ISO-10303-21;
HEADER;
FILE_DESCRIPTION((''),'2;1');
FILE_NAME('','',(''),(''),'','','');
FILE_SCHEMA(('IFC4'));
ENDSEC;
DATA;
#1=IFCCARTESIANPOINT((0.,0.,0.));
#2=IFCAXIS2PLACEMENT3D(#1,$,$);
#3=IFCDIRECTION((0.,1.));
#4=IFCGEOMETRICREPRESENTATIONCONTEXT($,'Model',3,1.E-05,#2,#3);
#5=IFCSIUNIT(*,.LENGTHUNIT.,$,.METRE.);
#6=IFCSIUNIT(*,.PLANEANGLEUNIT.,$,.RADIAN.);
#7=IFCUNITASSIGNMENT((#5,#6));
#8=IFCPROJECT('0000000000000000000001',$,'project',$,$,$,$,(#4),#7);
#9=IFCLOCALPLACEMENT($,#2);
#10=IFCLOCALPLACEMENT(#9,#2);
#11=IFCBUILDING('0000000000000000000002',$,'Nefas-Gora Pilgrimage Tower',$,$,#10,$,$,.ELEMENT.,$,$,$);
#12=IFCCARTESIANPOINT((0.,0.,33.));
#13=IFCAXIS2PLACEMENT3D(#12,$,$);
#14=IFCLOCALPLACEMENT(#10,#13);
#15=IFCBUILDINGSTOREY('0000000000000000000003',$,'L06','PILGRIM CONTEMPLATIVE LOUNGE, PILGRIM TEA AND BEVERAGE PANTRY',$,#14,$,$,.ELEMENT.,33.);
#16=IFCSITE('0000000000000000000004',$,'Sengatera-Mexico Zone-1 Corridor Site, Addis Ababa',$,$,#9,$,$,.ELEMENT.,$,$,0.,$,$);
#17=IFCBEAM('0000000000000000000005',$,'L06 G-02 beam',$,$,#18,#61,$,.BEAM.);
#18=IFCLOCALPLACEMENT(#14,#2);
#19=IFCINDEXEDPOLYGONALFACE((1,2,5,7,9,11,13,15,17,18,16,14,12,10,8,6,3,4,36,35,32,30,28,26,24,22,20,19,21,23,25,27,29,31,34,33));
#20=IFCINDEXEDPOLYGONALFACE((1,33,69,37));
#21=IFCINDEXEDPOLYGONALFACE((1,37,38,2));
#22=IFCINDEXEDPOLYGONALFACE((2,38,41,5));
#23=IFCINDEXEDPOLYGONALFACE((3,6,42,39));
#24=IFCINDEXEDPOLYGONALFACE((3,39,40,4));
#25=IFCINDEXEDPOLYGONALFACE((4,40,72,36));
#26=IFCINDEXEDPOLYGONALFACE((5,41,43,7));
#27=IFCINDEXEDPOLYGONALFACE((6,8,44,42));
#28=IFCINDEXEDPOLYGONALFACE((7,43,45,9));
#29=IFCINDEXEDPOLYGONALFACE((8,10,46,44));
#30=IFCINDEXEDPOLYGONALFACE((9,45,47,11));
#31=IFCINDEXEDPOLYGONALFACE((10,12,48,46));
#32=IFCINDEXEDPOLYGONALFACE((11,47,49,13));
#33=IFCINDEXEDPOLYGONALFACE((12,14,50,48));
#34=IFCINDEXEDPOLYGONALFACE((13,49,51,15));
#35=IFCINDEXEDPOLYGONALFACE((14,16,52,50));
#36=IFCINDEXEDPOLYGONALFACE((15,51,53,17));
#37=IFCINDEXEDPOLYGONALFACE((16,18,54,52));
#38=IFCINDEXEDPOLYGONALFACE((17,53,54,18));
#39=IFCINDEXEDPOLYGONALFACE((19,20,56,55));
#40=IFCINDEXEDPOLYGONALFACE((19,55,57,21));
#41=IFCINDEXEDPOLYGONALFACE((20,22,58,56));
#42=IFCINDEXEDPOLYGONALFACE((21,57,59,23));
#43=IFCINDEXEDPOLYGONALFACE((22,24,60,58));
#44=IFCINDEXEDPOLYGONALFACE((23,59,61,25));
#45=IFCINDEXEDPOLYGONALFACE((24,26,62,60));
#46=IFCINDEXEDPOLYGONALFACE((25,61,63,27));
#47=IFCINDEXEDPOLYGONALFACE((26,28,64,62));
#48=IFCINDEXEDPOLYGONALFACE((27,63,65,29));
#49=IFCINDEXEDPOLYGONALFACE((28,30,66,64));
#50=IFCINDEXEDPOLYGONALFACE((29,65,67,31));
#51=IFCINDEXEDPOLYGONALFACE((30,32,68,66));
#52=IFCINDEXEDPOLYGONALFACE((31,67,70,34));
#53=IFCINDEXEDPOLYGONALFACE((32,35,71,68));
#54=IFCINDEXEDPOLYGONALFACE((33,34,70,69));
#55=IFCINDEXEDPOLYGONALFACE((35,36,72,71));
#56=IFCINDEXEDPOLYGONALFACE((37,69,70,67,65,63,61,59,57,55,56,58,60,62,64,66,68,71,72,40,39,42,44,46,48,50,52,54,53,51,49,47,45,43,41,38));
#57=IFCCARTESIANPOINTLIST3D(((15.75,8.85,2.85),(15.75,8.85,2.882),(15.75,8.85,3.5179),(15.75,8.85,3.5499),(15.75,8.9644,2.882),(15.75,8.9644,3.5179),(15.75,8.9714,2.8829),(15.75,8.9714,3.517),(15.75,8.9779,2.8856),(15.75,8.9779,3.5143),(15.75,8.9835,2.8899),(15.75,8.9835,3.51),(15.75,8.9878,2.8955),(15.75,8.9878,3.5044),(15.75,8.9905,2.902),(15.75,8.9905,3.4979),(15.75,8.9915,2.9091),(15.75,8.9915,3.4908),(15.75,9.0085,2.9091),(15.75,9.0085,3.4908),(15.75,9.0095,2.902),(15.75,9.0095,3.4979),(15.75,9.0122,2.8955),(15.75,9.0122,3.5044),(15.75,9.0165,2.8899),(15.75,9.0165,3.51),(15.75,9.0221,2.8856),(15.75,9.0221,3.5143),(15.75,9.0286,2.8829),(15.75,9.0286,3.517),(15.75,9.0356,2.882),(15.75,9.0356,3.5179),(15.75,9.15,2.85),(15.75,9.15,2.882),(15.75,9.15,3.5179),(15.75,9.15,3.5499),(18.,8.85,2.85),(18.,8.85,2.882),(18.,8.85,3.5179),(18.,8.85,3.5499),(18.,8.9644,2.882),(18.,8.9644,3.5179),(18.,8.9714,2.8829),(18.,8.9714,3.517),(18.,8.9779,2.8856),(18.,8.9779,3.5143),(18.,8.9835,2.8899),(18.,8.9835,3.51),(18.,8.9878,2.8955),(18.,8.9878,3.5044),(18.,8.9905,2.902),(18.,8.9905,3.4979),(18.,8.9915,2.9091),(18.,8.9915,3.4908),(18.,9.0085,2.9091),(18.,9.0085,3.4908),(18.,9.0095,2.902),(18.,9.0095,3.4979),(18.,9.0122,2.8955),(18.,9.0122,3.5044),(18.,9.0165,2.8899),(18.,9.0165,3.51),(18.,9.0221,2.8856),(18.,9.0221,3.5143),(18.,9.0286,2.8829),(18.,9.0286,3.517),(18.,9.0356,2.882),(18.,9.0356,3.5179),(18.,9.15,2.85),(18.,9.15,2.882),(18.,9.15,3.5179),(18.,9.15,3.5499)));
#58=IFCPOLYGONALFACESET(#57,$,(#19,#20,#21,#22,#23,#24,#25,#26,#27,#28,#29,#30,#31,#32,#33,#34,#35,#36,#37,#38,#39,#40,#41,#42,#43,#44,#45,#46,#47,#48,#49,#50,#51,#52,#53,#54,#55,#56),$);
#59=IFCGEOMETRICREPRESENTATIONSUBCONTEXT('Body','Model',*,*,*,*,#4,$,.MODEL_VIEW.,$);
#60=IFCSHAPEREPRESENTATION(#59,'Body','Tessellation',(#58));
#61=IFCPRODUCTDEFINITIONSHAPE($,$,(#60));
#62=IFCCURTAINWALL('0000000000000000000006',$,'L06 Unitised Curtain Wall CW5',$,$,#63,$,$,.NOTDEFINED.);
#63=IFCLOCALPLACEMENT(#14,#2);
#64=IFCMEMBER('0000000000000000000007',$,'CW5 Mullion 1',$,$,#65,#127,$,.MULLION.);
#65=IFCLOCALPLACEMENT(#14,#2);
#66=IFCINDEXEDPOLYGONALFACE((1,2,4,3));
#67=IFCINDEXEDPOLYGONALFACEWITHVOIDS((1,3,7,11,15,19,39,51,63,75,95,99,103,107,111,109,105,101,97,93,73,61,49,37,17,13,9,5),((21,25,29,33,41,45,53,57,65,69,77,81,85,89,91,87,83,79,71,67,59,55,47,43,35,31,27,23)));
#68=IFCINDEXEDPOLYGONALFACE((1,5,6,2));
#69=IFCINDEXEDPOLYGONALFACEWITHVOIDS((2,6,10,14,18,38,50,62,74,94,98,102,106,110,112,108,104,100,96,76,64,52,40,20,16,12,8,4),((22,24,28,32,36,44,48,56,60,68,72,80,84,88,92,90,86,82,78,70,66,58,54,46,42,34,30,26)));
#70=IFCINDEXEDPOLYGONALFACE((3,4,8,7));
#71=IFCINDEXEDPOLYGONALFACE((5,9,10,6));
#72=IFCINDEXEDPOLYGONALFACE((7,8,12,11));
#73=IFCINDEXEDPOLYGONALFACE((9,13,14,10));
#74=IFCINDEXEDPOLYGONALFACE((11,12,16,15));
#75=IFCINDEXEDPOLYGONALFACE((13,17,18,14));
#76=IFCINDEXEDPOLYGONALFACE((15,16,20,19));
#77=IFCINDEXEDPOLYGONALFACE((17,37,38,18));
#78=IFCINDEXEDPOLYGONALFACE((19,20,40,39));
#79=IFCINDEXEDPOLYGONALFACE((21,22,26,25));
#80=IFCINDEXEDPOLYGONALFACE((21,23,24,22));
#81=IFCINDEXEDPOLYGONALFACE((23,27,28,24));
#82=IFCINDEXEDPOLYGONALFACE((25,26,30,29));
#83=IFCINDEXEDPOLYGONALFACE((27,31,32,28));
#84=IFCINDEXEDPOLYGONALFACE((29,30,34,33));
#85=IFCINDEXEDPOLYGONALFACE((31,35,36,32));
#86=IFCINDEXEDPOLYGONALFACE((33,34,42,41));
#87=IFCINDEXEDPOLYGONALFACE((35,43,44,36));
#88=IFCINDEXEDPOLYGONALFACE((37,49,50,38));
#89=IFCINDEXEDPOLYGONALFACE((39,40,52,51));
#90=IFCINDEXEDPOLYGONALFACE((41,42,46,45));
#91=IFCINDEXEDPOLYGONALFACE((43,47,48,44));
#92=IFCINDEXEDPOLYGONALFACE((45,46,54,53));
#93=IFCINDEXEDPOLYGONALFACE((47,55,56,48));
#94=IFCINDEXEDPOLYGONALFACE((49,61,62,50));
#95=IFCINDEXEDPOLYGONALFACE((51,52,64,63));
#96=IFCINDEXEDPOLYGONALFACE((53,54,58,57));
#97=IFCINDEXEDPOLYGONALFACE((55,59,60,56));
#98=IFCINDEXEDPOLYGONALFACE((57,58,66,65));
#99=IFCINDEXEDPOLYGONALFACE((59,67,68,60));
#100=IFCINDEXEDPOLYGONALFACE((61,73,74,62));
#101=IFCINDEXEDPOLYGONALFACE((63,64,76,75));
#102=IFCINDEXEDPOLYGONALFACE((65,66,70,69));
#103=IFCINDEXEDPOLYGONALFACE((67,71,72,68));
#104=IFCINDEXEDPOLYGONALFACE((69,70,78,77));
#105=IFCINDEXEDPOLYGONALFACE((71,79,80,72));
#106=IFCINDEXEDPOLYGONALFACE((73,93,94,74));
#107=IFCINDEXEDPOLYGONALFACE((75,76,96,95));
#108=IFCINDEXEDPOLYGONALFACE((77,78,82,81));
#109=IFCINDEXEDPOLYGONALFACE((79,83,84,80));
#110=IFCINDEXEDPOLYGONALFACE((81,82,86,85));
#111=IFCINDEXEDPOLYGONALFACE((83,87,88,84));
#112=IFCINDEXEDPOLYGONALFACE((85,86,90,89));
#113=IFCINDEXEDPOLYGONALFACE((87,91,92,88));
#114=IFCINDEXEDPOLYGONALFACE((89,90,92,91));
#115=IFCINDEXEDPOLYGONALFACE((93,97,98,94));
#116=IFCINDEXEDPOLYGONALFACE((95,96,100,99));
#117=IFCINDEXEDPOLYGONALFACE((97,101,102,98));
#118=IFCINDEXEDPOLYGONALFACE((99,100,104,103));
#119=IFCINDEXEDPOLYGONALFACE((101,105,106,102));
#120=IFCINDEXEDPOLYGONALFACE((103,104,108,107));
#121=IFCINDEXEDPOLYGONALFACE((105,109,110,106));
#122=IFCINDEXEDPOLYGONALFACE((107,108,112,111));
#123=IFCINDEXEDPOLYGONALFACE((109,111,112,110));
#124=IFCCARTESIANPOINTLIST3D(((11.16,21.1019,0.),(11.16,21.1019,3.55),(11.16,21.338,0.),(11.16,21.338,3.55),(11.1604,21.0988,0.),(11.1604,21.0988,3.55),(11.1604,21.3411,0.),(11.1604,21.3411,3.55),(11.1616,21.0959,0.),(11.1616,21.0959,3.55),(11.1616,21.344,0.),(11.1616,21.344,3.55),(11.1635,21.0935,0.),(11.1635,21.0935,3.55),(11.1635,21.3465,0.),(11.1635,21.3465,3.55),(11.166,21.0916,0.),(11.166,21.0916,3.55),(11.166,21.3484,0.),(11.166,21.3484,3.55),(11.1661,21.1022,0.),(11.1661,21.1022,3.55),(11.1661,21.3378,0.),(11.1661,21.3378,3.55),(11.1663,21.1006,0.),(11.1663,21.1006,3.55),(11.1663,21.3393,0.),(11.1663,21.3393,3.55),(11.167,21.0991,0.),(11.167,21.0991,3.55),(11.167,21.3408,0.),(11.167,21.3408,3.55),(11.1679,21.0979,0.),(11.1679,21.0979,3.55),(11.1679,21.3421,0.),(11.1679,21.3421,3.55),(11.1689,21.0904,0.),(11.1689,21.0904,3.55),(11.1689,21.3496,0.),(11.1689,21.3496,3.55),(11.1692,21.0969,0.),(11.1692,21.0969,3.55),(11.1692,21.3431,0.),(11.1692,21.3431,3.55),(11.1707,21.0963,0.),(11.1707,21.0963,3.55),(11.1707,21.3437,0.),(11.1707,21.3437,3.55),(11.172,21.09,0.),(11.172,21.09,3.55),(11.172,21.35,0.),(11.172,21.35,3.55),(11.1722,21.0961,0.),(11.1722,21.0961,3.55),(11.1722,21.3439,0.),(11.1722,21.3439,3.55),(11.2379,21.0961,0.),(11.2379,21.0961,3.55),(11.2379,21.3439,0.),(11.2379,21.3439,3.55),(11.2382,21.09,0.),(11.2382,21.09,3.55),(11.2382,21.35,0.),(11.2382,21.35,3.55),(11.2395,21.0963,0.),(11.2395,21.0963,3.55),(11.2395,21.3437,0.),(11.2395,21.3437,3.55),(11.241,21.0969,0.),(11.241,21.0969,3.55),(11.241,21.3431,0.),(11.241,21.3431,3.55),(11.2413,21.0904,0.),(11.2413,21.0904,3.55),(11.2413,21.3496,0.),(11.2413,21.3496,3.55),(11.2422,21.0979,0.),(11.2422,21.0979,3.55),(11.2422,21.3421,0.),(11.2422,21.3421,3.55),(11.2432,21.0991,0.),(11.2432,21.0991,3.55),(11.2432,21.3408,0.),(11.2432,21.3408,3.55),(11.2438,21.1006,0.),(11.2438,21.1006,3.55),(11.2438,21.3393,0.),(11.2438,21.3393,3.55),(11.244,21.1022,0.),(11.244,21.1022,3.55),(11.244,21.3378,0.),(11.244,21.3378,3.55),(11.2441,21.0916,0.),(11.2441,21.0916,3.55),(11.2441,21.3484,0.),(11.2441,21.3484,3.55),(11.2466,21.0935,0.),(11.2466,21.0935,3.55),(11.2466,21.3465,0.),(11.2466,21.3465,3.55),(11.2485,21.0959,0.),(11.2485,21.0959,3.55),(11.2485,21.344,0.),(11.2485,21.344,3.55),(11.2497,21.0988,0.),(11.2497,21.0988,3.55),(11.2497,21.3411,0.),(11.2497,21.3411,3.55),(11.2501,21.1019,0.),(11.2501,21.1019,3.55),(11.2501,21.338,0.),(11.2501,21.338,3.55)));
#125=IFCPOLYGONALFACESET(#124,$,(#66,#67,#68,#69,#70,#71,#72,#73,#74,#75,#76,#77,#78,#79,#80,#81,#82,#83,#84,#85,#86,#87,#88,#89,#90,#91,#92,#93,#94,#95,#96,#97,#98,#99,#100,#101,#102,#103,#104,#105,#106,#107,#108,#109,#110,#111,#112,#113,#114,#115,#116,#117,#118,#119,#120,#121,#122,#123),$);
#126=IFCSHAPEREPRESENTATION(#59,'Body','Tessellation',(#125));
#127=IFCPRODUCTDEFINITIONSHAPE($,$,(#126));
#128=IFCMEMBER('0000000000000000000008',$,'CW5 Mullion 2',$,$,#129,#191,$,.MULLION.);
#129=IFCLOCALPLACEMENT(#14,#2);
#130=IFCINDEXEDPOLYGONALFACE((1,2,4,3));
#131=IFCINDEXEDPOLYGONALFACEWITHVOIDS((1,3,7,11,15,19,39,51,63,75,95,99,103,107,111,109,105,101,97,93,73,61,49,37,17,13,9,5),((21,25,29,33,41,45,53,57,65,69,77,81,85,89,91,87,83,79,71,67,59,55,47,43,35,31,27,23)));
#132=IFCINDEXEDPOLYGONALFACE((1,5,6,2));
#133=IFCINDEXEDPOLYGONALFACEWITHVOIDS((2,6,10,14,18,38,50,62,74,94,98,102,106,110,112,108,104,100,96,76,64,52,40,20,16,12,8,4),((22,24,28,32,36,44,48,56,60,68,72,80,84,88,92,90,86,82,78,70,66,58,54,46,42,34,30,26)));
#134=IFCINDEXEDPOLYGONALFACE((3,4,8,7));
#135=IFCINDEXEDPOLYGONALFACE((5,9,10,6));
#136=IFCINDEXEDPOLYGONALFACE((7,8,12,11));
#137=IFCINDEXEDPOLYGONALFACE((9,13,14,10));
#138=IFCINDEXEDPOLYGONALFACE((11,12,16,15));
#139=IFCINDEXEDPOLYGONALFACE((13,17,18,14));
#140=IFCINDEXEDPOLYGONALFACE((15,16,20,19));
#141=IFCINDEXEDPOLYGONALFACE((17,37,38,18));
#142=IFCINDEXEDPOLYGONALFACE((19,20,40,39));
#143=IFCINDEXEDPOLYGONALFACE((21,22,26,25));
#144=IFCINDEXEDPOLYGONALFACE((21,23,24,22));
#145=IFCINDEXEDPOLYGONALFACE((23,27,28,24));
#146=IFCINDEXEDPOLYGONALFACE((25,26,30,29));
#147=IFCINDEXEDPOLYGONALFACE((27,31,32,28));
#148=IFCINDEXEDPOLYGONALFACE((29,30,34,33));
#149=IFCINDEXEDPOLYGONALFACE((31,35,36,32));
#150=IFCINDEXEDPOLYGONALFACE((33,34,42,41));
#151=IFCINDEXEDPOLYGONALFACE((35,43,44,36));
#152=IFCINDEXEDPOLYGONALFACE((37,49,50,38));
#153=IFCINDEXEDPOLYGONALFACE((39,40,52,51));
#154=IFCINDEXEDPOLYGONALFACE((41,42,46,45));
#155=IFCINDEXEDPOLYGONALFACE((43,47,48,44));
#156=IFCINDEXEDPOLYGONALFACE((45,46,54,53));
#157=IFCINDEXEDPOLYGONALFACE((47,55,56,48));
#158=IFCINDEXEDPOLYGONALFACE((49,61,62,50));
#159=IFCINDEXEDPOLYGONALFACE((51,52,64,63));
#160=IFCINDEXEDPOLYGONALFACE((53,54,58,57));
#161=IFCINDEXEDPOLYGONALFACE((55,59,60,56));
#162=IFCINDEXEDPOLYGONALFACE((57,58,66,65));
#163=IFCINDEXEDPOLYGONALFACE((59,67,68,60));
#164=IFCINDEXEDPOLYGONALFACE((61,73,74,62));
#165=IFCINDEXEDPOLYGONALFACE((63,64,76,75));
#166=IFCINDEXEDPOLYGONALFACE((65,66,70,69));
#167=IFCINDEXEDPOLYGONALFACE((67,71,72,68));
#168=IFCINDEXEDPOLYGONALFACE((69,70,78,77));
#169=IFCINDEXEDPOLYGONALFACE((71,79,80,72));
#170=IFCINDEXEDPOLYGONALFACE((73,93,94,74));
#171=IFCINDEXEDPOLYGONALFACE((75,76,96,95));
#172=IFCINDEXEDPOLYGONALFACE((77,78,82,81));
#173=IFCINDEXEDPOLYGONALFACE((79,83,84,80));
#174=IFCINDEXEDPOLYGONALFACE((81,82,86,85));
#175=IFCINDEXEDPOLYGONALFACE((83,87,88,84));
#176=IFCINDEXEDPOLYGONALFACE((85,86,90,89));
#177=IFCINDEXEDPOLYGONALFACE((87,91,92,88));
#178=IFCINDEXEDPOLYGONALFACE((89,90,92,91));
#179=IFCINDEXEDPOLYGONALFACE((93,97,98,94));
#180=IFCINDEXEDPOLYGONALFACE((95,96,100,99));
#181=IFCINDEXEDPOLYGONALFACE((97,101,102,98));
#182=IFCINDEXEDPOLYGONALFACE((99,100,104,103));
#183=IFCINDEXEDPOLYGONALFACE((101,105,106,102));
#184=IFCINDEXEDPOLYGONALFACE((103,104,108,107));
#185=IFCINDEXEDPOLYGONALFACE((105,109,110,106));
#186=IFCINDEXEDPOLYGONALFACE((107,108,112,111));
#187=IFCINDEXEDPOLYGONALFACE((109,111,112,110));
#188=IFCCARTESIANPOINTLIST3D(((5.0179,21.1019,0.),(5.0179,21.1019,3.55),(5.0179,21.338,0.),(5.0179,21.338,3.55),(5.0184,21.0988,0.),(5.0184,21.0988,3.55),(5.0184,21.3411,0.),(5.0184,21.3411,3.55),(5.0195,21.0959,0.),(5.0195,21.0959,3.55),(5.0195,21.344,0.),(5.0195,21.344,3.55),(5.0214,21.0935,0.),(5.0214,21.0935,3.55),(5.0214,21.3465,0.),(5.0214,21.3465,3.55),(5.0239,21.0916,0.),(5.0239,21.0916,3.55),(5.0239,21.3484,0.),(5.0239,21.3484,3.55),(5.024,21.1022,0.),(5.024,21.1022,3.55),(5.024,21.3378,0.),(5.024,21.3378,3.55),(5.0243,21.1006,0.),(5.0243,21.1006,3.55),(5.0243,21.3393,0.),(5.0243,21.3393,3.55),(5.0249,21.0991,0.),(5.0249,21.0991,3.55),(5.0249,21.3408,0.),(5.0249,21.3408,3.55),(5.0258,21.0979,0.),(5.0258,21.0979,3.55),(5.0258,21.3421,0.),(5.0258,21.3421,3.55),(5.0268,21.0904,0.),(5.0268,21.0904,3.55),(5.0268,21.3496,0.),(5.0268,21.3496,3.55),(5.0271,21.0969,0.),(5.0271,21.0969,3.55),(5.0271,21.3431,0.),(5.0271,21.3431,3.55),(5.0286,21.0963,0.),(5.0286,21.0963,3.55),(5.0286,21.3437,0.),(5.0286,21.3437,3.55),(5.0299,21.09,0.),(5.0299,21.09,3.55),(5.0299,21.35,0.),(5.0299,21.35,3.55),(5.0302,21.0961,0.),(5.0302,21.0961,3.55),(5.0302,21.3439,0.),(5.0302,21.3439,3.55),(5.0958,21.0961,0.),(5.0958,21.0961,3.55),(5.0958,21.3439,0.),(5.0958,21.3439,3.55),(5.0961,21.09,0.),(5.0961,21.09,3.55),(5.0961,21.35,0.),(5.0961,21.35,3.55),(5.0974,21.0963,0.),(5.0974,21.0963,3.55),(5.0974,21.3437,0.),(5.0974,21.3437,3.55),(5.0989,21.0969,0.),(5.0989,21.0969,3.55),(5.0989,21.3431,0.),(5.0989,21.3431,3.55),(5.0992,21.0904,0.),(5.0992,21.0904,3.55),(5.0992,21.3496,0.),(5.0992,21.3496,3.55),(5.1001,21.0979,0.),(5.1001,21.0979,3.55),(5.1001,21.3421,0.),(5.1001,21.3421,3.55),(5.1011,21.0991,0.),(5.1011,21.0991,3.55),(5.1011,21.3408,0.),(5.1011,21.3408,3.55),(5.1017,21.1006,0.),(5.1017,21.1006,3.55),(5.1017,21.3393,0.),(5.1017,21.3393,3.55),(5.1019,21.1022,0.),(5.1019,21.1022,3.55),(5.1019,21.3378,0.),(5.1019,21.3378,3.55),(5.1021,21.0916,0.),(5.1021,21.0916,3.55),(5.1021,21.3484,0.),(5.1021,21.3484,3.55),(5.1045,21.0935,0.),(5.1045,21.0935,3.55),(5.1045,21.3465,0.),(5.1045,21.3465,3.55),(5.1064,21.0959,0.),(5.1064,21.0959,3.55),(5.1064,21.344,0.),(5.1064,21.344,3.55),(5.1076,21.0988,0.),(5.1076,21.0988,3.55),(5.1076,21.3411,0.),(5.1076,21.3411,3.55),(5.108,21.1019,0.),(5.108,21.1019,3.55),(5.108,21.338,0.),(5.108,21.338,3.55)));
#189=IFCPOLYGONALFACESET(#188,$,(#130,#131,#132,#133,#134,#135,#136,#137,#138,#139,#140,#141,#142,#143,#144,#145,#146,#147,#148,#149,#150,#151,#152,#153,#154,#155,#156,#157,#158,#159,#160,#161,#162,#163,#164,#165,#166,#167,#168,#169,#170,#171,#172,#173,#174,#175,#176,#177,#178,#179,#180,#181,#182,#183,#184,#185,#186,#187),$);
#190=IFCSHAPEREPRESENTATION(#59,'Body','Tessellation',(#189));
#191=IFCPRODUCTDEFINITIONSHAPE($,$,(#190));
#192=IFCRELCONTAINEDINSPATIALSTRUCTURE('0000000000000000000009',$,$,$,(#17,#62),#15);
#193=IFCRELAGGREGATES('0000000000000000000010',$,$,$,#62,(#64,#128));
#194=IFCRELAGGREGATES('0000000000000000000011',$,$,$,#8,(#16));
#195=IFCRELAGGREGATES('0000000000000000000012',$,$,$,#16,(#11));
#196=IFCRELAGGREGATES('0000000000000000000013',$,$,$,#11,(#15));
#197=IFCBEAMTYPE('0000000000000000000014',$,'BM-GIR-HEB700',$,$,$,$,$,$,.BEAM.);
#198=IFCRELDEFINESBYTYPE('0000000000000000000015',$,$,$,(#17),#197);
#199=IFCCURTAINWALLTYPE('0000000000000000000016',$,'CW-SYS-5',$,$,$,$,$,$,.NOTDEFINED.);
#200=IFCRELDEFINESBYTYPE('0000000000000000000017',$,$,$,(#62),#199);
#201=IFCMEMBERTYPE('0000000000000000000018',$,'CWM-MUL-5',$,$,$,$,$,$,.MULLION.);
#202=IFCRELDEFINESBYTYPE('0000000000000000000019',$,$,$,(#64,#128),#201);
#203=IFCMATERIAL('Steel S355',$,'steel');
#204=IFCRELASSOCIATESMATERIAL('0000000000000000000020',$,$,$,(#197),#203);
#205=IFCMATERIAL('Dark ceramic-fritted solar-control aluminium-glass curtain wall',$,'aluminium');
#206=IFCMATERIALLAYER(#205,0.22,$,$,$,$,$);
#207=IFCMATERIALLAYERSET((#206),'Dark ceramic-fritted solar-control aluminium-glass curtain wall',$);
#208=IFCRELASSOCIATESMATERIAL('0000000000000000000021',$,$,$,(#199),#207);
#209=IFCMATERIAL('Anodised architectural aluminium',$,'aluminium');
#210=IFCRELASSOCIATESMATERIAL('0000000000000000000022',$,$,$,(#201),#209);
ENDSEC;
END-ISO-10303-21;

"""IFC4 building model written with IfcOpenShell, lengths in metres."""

from ifc_helpers import new_model, si_unit, direction, frame, origin, origin_2d, place, context, subcontext, project, spatial, hollow_rectangle, i_section, extrude, source, transform, mapped, material, layer, layer_set, material_profile, profile_set, type_object, element, aggregate, save


model = new_model("IFC4")

# Units and contexts
model_context = context("Model", 3, precision=1e-05, world=origin(), true_north=direction((0.0, 1.0)))
body_context = subcontext(model_context, "Body", "Model", "MODEL_VIEW")
ifc_project = project(units=[si_unit("LENGTHUNIT", "METRE"), si_unit("PLANEANGLEUNIT", "RADIAN")], contexts=[model_context])

# Site, building, storey
site_placement = place(None, origin())
site = spatial("IfcSite", under=ifc_project, at=site_placement, Name="Sengatera-Mexico Zone-1 Corridor Site, Addis Ababa", CompositionType="ELEMENT", RefElevation=0.0)
building_placement = place(site_placement, origin())
building = spatial("IfcBuilding", under=site, at=building_placement, Name="Nefas-Gora Pilgrimage Tower", CompositionType="ELEMENT")
storey_placement = place(building_placement, frame((0.0, 0.0, 33.0)))
storey = spatial("IfcBuildingStorey", under=building, at=storey_placement, Name="L06", Description="PILGRIM CONTEMPLATIVE LOUNGE, PILGRIM TEA AND BEVERAGE PANTRY", CompositionType="ELEMENT", Elevation=33.0)

# Beam
ifc_material_1 = material(Name="Steel S355", Category="steel")
ifc_material_profile_1 = material_profile(ifc_material_1, i_section(OverallWidth=0.3, OverallDepth=0.7, WebThickness=0.0171, FlangeThickness=0.032, FilletRadius=0.0271, at=origin_2d()), Name="HEB 700")
ifc_profile_set_1 = profile_set([ifc_material_profile_1], Name="Steel S355")
beam_type_1 = type_object("IfcBeamType", Name="BM-GIR-HEB700", PredefinedType="BEAM", material=ifc_profile_set_1)
shared_shape_1 = source(origin(), body_context, "Body", "SweptSolid", [
    extrude(i_section(OverallWidth=0.3, OverallDepth=0.7, WebThickness=0.0171, FlangeThickness=0.032, FilletRadius=0.0271, at=origin_2d()), origin(), (0.0, 0.0, 1.0), 2.25),
])
beam_1_placement = place(storey_placement, frame((15.75, 9.0, 3.2), z_axis=(1.0, 0.0, 0.0), x_axis=(0.0, 1.0, 0.0)))
element("IfcBeam", 1, at=beam_1_placement, inside=storey, type_object=beam_type_1, Name="L06 G-02 beam", PredefinedType="BEAM", context=body_context, shape_type="MappedRepresentation", body=[
    mapped(shared_shape_1, transform((0.0, 0.0, 0.0), x_axis=(1.0, 0.0, 0.0), y_axis=(0.0, 1.0, 0.0), z_axis=(0.0, 0.0, 1.0), scale=1.0)),
])

# Curtain wall, members
ifc_material_2 = material(Name="Dark ceramic-fritted solar-control aluminium-glass curtain wall", Category="aluminium")
ifc_layer_1 = layer(ifc_material_2, 0.22)
ifc_layer_set_1 = layer_set([ifc_layer_1], Name="Dark ceramic-fritted solar-control aluminium-glass curtain wall")
curtain_wall_type_1 = type_object("IfcCurtainWallType", Name="CW-SYS-5", PredefinedType="NOTDEFINED", material=ifc_layer_set_1)
curtain_wall_1_placement = place(storey_placement, origin())
curtain_wall_1 = element("IfcCurtainWall", 2, at=curtain_wall_1_placement, inside=storey, type_object=curtain_wall_type_1, Name="L06 Unitised Curtain Wall CW5", PredefinedType="NOTDEFINED")
ifc_material_3 = material(Name="Anodised architectural aluminium", Category="aluminium")
ifc_material_profile_2 = material_profile(ifc_material_3, hollow_rectangle(XDim=0.0901, YDim=0.26, WallThickness=0.0061, InnerFilletRadius=0.0061, OuterFilletRadius=0.012, at=origin_2d()), Name="ALU MULLION 90x260")
ifc_profile_set_2 = profile_set([ifc_material_profile_2], Name="Anodised architectural aluminium")
member_type_1 = type_object("IfcMemberType", Name="CWM-MUL-5", PredefinedType="MULLION", material=ifc_profile_set_2)
shared_shape_2 = source(origin(), body_context, "Body", "SweptSolid", [
    extrude(hollow_rectangle(XDim=0.0901, YDim=0.26, WallThickness=0.0061, InnerFilletRadius=0.0061, OuterFilletRadius=0.012, at=origin_2d()), origin(), (0.0, 0.0, 1.0), 3.55),
])
member_1_placement = place(storey_placement, frame((11.2051, 21.22, 0.0), z_axis=(0.0, 0.0, 1.0), x_axis=(-1.0, 0.0, 0.0)))
member_1 = element("IfcMember", 3, at=member_1_placement, type_object=member_type_1, Name="CW5 Mullion 1", PredefinedType="MULLION", context=body_context, shape_type="MappedRepresentation", body=[
    mapped(shared_shape_2, transform((0.0, 0.0, 0.0), x_axis=(1.0, 0.0, 0.0), y_axis=(0.0, 1.0, 0.0), z_axis=(0.0, 0.0, 1.0), scale=1.0)),
])
member_2_placement = place(storey_placement, frame((5.063, 21.22, 0.0), z_axis=(0.0, 0.0, 1.0), x_axis=(-1.0, 0.0, 0.0)))
member_2 = element("IfcMember", 4, at=member_2_placement, type_object=member_type_1, Name="CW5 Mullion 2", PredefinedType="MULLION", context=body_context, shape_type="MappedRepresentation", body=[
    mapped(shared_shape_2, transform((0.0, 0.0, 0.0), x_axis=(1.0, 0.0, 0.0), y_axis=(0.0, 1.0, 0.0), z_axis=(0.0, 0.0, 1.0), scale=1.0)),
])

aggregate(curtain_wall_1, [member_1, member_2])

save(model, "model.ifc")
